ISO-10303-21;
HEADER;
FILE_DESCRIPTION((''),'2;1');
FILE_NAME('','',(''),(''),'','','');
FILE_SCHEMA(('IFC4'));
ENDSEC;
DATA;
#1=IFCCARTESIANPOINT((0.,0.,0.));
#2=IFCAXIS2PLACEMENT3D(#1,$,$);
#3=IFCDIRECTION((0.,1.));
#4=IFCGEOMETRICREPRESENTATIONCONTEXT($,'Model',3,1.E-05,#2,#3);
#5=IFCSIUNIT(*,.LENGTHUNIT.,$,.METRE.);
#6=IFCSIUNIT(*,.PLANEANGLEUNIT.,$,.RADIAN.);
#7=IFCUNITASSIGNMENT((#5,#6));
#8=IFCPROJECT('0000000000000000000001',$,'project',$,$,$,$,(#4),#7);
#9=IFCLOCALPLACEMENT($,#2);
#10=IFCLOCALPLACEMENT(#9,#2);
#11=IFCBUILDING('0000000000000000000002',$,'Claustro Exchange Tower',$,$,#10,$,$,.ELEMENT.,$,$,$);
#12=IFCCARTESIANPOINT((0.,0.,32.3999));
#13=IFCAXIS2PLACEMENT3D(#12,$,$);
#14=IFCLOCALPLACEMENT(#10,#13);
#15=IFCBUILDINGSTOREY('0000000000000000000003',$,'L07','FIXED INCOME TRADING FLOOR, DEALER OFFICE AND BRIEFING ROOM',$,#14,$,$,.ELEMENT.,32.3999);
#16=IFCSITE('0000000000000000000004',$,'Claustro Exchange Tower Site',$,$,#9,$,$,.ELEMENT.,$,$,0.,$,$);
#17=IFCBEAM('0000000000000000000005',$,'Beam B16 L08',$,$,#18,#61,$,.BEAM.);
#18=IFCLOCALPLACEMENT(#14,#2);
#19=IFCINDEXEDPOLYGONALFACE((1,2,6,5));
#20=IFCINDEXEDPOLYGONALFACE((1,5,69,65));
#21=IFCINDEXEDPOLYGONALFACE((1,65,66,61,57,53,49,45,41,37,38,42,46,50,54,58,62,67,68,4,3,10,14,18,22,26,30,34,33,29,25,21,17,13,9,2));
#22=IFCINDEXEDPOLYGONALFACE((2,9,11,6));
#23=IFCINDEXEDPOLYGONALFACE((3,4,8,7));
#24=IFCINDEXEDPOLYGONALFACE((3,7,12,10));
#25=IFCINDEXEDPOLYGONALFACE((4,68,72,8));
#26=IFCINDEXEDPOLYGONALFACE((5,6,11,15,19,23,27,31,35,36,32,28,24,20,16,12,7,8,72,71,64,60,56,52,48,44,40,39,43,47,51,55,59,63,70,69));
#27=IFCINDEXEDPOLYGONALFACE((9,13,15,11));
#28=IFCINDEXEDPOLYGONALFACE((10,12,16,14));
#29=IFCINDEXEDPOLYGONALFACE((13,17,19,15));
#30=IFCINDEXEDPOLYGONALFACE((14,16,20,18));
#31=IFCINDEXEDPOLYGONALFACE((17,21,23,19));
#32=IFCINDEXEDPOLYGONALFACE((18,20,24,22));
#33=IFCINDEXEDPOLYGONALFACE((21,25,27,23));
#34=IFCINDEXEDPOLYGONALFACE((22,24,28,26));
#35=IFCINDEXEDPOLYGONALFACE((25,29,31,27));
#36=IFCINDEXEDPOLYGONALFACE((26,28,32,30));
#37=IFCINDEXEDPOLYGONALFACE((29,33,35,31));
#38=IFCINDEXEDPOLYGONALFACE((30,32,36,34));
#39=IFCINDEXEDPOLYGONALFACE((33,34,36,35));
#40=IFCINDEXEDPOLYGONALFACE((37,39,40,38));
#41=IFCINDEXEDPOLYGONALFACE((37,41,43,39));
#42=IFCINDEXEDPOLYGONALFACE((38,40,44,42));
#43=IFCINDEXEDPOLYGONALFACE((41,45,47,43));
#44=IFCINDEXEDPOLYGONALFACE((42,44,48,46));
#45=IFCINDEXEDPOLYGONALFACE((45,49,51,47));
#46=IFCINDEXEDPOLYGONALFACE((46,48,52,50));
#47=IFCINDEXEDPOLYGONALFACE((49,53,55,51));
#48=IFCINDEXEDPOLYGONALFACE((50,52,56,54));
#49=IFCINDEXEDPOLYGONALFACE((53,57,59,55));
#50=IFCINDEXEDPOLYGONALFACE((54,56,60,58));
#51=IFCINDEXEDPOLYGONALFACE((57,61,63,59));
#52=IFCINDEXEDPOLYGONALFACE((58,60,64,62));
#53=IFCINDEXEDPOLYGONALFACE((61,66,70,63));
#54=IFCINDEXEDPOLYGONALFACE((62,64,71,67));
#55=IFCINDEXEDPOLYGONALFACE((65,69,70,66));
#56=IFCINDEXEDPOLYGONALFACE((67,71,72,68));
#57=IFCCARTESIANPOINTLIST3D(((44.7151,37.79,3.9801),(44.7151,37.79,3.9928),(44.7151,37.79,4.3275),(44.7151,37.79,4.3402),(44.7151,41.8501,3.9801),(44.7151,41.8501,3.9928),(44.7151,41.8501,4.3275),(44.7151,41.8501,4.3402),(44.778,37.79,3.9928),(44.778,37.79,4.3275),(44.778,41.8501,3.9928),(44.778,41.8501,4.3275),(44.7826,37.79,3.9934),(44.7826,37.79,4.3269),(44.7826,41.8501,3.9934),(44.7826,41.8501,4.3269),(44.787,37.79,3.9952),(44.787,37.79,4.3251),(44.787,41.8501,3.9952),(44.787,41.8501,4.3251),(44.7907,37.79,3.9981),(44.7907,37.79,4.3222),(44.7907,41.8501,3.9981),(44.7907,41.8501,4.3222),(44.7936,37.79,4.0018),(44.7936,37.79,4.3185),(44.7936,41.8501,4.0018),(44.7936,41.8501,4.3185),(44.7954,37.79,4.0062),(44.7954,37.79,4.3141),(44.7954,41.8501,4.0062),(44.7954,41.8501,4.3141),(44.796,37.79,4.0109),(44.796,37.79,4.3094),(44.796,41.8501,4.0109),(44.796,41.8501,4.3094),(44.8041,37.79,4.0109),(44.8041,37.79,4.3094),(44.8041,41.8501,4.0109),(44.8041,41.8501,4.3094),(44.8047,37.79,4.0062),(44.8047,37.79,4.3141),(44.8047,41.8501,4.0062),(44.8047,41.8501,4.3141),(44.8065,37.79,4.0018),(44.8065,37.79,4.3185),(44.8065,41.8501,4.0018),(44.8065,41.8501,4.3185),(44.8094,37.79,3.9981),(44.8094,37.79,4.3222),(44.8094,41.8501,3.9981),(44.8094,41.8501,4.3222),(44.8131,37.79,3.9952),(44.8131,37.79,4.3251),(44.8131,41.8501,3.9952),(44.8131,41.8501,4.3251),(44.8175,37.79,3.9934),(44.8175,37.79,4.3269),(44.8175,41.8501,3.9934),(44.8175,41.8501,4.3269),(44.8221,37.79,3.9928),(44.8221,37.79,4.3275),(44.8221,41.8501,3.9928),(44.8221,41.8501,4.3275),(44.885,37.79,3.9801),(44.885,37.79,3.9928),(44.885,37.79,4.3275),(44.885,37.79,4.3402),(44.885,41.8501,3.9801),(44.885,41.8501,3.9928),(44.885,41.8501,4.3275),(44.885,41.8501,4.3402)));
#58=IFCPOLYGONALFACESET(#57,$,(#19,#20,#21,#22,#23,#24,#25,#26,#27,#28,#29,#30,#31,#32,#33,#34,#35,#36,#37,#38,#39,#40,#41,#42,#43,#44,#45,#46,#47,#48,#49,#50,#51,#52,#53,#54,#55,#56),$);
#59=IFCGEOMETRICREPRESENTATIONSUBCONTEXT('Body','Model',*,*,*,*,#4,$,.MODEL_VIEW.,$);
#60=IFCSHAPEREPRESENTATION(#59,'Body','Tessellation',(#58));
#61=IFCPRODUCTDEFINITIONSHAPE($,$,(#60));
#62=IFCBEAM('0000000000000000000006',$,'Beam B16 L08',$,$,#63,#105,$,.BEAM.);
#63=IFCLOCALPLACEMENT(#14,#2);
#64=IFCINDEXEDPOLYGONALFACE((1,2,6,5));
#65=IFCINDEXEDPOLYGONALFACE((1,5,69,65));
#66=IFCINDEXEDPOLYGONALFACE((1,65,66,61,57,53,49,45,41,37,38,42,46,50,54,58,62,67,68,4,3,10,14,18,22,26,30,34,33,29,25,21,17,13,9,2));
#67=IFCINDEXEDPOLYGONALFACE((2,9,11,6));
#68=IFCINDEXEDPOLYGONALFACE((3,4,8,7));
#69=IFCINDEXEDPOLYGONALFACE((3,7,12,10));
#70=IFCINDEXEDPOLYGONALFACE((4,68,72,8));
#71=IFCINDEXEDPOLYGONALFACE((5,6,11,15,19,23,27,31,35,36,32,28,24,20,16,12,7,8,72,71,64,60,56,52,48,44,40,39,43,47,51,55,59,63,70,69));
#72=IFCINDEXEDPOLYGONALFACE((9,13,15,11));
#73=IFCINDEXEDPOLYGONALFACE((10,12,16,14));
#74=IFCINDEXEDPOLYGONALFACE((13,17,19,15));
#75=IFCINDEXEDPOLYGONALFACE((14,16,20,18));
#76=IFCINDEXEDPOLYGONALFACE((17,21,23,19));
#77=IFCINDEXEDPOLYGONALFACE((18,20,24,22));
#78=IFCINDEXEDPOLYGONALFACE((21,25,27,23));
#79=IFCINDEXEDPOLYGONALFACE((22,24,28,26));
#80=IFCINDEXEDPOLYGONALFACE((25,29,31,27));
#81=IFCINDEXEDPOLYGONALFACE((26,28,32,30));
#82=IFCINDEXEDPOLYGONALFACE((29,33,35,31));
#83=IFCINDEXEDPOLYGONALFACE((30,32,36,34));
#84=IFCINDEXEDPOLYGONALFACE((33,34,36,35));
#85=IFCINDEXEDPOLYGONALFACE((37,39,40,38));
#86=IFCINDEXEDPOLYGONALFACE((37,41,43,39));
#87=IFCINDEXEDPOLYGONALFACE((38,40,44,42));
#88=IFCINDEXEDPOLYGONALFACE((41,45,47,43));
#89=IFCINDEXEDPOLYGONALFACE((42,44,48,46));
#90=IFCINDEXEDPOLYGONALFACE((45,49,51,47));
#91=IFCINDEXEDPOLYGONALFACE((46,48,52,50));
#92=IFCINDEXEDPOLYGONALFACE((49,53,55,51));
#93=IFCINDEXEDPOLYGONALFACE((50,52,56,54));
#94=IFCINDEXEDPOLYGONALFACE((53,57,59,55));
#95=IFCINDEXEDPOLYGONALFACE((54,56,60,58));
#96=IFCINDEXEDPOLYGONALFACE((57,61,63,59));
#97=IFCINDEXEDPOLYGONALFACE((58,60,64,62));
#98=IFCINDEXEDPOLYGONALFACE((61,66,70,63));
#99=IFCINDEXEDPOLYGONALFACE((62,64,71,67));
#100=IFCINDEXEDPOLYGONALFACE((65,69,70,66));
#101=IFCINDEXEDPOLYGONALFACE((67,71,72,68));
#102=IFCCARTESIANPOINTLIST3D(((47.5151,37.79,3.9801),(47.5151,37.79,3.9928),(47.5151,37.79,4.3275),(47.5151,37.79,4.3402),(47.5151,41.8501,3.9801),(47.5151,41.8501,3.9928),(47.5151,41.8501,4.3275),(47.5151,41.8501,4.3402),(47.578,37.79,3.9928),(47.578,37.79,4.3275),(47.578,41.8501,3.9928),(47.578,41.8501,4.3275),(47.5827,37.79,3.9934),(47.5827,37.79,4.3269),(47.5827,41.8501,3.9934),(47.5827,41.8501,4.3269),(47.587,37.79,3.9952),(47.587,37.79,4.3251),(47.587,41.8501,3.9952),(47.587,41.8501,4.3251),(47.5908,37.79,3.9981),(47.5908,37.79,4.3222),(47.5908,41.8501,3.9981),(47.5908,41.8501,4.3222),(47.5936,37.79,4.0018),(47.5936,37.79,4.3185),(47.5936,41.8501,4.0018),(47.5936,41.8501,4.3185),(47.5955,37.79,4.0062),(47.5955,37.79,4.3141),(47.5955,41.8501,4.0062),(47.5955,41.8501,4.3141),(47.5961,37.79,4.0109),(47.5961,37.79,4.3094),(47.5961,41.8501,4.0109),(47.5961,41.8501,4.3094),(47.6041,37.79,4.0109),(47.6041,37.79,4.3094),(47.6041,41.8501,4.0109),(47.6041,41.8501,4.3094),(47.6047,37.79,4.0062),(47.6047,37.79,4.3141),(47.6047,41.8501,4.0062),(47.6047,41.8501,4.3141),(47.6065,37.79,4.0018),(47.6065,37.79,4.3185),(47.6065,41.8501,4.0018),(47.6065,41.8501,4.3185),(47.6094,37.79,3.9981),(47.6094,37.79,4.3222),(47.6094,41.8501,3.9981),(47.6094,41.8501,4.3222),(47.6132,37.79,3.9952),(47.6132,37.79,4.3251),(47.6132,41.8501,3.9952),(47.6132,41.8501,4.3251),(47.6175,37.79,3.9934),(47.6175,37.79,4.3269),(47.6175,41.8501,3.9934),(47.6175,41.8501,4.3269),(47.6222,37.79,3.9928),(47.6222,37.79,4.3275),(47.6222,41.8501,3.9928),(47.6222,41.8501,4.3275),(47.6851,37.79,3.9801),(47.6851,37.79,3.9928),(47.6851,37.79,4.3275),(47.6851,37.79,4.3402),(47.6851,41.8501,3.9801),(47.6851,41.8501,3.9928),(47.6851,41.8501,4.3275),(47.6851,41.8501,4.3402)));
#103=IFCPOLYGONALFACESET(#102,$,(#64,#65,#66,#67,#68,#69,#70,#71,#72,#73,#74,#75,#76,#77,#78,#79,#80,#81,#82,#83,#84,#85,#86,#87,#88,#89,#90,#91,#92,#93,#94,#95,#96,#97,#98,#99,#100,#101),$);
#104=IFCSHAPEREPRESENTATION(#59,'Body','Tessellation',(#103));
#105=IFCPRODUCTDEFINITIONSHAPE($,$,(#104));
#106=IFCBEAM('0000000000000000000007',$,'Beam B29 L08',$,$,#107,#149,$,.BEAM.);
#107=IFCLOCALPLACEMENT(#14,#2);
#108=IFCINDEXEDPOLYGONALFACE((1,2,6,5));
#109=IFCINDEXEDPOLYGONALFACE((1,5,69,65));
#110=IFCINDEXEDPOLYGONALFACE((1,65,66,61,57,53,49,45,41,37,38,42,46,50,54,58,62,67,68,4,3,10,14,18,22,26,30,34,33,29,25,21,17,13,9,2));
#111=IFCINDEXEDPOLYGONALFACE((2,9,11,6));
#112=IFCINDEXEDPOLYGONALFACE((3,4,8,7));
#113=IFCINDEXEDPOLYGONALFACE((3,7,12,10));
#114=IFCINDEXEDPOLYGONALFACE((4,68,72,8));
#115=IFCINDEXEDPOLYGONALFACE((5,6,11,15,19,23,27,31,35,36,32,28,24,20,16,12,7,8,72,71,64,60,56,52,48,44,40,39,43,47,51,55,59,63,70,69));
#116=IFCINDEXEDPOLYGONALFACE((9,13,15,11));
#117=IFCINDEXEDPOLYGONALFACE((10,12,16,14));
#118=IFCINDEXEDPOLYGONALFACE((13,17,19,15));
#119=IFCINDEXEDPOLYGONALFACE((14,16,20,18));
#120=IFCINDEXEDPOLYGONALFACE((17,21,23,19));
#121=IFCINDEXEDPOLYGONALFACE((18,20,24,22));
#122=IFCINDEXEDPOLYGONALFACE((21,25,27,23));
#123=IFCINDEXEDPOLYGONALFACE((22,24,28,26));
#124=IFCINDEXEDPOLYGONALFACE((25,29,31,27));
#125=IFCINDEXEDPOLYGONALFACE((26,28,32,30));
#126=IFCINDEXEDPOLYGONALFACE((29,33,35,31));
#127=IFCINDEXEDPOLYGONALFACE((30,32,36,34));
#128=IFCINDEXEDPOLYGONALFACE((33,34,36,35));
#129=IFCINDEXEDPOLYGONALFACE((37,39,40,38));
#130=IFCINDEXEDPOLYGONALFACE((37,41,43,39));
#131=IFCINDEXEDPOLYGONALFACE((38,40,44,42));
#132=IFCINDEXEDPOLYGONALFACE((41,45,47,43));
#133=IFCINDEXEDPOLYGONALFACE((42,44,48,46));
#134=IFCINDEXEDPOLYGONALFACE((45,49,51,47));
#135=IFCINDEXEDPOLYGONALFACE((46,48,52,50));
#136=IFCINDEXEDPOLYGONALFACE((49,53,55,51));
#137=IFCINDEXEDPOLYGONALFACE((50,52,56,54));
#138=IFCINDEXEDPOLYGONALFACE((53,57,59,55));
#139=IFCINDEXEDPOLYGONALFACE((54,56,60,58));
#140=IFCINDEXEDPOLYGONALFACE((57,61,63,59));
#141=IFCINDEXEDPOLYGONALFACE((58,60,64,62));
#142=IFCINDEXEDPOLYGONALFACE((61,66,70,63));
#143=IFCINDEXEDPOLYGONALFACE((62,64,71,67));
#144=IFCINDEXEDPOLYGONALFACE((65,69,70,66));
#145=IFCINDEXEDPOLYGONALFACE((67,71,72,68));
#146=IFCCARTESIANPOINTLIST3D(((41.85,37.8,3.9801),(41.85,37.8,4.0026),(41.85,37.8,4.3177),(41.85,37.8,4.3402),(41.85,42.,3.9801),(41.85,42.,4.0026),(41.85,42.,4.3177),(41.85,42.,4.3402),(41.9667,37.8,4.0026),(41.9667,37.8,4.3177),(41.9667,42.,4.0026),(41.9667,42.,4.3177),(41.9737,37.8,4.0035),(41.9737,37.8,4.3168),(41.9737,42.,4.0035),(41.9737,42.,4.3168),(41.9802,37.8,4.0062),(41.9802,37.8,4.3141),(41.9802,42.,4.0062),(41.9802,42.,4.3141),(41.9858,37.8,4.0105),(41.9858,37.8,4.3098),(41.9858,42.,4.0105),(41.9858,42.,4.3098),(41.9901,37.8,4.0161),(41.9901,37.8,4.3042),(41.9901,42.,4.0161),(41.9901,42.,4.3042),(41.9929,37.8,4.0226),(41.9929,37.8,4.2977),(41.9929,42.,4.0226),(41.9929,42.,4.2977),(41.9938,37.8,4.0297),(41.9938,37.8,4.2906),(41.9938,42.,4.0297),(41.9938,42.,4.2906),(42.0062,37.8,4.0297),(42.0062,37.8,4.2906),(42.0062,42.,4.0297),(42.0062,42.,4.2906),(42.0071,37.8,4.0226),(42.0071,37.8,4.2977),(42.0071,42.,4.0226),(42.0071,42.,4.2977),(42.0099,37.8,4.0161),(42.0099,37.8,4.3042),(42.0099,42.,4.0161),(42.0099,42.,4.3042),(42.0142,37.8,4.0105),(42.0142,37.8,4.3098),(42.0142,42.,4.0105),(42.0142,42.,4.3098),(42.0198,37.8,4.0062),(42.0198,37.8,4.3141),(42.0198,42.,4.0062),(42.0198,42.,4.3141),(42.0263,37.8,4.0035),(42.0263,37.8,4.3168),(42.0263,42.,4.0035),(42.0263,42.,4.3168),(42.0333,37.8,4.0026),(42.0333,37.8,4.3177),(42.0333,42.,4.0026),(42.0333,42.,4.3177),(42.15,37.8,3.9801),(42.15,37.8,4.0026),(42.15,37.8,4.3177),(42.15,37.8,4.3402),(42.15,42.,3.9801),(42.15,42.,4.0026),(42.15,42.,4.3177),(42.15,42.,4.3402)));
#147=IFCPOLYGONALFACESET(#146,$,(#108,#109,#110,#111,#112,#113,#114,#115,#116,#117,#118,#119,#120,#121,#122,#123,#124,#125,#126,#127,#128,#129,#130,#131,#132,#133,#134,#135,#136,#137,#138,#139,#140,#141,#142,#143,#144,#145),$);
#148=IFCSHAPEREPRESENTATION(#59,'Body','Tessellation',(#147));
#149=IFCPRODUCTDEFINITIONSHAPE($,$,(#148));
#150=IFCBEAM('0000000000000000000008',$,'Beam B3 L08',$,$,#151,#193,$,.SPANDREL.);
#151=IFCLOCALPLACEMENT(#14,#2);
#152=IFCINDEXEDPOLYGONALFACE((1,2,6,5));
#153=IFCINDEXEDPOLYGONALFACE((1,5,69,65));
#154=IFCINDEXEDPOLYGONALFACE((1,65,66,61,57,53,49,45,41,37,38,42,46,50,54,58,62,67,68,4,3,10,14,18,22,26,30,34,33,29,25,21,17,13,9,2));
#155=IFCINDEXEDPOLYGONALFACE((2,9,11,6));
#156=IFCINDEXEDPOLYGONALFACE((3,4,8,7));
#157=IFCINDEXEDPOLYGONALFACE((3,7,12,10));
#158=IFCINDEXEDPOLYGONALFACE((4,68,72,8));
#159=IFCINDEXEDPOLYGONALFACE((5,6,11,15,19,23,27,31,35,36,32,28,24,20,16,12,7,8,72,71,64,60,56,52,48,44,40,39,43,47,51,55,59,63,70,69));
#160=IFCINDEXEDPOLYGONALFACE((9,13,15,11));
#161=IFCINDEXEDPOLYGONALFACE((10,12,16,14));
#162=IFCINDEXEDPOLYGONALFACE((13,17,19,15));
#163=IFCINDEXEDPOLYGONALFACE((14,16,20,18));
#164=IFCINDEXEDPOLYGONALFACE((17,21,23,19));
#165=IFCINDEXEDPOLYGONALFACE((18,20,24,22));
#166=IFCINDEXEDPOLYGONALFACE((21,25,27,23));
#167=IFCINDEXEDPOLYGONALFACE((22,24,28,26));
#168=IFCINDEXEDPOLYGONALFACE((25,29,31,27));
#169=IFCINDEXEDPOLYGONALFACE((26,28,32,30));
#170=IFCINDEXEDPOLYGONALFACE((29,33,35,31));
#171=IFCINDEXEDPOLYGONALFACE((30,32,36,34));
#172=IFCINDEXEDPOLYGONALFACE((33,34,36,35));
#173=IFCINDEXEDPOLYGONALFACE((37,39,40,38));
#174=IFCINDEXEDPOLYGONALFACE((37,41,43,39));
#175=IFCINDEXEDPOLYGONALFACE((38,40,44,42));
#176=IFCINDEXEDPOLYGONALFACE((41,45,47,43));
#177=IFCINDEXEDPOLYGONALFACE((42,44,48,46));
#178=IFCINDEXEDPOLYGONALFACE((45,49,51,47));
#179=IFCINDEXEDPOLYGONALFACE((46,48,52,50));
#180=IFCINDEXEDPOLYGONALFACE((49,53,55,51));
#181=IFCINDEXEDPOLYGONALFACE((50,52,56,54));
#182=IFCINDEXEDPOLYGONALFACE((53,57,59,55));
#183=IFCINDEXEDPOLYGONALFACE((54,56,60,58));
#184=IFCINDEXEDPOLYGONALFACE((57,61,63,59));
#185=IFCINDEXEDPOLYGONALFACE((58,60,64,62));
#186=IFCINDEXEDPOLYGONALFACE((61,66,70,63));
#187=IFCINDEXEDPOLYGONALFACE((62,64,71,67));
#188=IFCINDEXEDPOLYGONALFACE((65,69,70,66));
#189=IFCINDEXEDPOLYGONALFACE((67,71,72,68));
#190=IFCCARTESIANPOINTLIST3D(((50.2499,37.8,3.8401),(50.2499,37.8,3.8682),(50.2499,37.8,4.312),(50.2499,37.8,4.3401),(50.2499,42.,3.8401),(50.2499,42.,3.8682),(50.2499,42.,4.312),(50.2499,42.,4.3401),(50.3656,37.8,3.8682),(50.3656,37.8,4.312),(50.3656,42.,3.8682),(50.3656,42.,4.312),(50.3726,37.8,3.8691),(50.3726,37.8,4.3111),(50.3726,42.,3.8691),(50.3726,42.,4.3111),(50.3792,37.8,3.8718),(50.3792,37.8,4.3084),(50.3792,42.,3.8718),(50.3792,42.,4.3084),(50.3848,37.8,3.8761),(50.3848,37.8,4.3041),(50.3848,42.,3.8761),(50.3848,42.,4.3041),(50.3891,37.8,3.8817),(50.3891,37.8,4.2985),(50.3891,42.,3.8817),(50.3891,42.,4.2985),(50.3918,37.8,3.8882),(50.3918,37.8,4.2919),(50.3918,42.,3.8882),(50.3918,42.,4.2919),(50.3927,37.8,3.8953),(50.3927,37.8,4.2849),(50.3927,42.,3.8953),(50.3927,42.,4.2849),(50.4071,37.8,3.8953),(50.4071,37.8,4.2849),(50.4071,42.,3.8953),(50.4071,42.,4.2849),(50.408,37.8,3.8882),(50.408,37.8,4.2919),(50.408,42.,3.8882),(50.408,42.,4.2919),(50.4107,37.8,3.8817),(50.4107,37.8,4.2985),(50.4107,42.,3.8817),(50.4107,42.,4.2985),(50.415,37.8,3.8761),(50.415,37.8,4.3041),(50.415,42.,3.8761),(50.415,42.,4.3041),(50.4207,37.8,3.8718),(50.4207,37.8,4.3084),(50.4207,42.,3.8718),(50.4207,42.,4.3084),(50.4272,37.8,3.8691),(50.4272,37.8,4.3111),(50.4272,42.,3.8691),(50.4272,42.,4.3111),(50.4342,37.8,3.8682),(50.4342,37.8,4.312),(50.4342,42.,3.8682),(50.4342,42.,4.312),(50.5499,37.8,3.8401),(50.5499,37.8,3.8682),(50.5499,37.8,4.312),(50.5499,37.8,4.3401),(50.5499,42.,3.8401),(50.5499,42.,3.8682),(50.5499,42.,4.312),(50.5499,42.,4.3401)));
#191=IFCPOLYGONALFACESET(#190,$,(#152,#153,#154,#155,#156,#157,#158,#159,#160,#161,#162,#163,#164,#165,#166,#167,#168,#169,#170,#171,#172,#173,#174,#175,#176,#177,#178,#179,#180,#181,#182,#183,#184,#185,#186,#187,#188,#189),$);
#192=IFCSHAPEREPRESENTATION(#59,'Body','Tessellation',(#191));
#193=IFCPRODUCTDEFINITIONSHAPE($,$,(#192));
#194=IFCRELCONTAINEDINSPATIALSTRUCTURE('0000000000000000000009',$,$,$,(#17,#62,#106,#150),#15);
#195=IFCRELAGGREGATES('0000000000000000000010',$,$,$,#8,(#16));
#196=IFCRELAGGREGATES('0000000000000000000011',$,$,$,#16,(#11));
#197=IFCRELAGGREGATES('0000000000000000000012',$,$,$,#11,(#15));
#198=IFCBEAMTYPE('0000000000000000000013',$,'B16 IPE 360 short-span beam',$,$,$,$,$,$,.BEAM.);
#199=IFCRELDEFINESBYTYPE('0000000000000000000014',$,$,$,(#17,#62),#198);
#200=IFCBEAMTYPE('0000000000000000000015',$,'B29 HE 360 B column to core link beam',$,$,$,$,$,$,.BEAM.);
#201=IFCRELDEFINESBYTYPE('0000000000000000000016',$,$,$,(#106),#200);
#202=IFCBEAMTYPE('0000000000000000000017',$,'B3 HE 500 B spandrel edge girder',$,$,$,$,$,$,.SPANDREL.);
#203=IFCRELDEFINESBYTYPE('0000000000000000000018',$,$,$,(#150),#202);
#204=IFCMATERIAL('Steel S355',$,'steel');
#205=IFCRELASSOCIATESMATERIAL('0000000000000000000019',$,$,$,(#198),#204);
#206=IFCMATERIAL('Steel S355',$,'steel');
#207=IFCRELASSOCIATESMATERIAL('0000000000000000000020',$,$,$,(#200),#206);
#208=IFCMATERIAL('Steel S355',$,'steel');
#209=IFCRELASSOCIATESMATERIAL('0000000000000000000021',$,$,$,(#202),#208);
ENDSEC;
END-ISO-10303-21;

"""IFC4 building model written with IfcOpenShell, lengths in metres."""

from ifc_helpers import new_model, si_unit, direction, frame, origin, origin_2d, place, context, subcontext, project, spatial, i_section, extrude, material, material_profile, profile_set, type_object, element, save


model = new_model("IFC4")

# Units and contexts
model_context = context("Model", 3, precision=1e-05, world=origin(), true_north=direction((0.0, 1.0)))
body_context = subcontext(model_context, "Body", "Model", "MODEL_VIEW")
ifc_project = project(units=[si_unit("LENGTHUNIT", "METRE"), si_unit("PLANEANGLEUNIT", "RADIAN")], contexts=[model_context])

# Site, building, storey
site_placement = place(None, origin())
site = spatial("IfcSite", under=ifc_project, at=site_placement, Name="Claustro Exchange Tower Site", CompositionType="ELEMENT", RefElevation=0.0)
building_placement = place(site_placement, origin())
building = spatial("IfcBuilding", under=site, at=building_placement, Name="Claustro Exchange Tower", CompositionType="ELEMENT")
storey_placement = place(building_placement, frame((0.0, 0.0, 32.3999)))
storey = spatial("IfcBuildingStorey", under=building, at=storey_placement, Name="L07", Description="FIXED INCOME TRADING FLOOR, DEALER OFFICE AND BRIEFING ROOM", CompositionType="ELEMENT", Elevation=32.3999)

# Beams
ifc_material_1 = material(Name="Steel S355", Category="steel")
ifc_material_profile_1 = material_profile(ifc_material_1, i_section(OverallWidth=0.1699, OverallDepth=0.3601, WebThickness=0.0081, FlangeThickness=0.0127, FilletRadius=0.0181, at=origin_2d()), Name="IPE 360")
ifc_profile_set_1 = profile_set([ifc_material_profile_1], Name="Steel S355")
beam_type_1 = type_object("IfcBeamType", Name="B16 IPE 360 short-span beam", PredefinedType="BEAM", material=ifc_profile_set_1)
for number, where, z_axis, x_axis, name in (
    (1, (44.8, 37.79, 4.1602), (0.0, 1.0, 0.0), (-1.0, 0.0, 0.0), "Beam B16 L08"),
    (2, (47.6001, 37.79, 4.1602), (0.0, 1.0, 0.0), (-1.0, 0.0, 0.0), "Beam B16 L08"),
):
    element("IfcBeam", number, at=place(storey_placement, frame(where, z_axis=z_axis, x_axis=x_axis)), inside=storey, type_object=beam_type_1, Name=name, PredefinedType="BEAM", context=body_context, shape_type="SweptSolid", body=[
        extrude(i_section(OverallWidth=0.1699, OverallDepth=0.3601, WebThickness=0.0081, FlangeThickness=0.0127, FilletRadius=0.0181, at=origin_2d()), origin(), (0.0, 0.0, 1.0), 4.0601),
    ])
ifc_material_2 = material(Name="Steel S355", Category="steel")
ifc_material_profile_2 = material_profile(ifc_material_2, i_section(OverallWidth=0.3, OverallDepth=0.3601, WebThickness=0.0125, FlangeThickness=0.0225, FilletRadius=0.0271, at=origin_2d()), Name="HE 360 B")
ifc_profile_set_2 = profile_set([ifc_material_profile_2], Name="Steel S355")
beam_type_2 = type_object("IfcBeamType", Name="B29 HE 360 B column to core link beam", PredefinedType="BEAM", material=ifc_profile_set_2)
beam_1_placement = place(storey_placement, frame((42.0, 37.8, 4.1602), z_axis=(0.0, 1.0, 0.0), x_axis=(-1.0, 0.0, 0.0)))
element("IfcBeam", 3, at=beam_1_placement, inside=storey, type_object=beam_type_2, Name="Beam B29 L08", PredefinedType="BEAM", context=body_context, shape_type="SweptSolid", body=[
    extrude(i_section(OverallWidth=0.3, OverallDepth=0.3601, WebThickness=0.0125, FlangeThickness=0.0225, FilletRadius=0.0271, at=origin_2d()), origin(), (0.0, 0.0, 1.0), 4.2),
])
ifc_material_3 = material(Name="Steel S355", Category="steel")
ifc_material_profile_3 = material_profile(ifc_material_3, i_section(OverallWidth=0.3, OverallDepth=0.5, WebThickness=0.0144, FlangeThickness=0.0281, FilletRadius=0.0271, at=origin_2d()), Name="HE 500 B")
ifc_profile_set_3 = profile_set([ifc_material_profile_3], Name="Steel S355")
beam_type_3 = type_object("IfcBeamType", Name="B3 HE 500 B spandrel edge girder", PredefinedType="SPANDREL", material=ifc_profile_set_3)
beam_2_placement = place(storey_placement, frame((50.3999, 37.8, 4.0901), z_axis=(0.0, 1.0, 0.0), x_axis=(-1.0, 0.0, 0.0)))
element("IfcBeam", 4, at=beam_2_placement, inside=storey, type_object=beam_type_3, Name="Beam B3 L08", PredefinedType="SPANDREL", context=body_context, shape_type="SweptSolid", body=[
    extrude(i_section(OverallWidth=0.3, OverallDepth=0.5, WebThickness=0.0144, FlangeThickness=0.0281, FilletRadius=0.0271, at=origin_2d()), origin(), (0.0, 0.0, 1.0), 4.2),
])

save(model, "model.ifc")
